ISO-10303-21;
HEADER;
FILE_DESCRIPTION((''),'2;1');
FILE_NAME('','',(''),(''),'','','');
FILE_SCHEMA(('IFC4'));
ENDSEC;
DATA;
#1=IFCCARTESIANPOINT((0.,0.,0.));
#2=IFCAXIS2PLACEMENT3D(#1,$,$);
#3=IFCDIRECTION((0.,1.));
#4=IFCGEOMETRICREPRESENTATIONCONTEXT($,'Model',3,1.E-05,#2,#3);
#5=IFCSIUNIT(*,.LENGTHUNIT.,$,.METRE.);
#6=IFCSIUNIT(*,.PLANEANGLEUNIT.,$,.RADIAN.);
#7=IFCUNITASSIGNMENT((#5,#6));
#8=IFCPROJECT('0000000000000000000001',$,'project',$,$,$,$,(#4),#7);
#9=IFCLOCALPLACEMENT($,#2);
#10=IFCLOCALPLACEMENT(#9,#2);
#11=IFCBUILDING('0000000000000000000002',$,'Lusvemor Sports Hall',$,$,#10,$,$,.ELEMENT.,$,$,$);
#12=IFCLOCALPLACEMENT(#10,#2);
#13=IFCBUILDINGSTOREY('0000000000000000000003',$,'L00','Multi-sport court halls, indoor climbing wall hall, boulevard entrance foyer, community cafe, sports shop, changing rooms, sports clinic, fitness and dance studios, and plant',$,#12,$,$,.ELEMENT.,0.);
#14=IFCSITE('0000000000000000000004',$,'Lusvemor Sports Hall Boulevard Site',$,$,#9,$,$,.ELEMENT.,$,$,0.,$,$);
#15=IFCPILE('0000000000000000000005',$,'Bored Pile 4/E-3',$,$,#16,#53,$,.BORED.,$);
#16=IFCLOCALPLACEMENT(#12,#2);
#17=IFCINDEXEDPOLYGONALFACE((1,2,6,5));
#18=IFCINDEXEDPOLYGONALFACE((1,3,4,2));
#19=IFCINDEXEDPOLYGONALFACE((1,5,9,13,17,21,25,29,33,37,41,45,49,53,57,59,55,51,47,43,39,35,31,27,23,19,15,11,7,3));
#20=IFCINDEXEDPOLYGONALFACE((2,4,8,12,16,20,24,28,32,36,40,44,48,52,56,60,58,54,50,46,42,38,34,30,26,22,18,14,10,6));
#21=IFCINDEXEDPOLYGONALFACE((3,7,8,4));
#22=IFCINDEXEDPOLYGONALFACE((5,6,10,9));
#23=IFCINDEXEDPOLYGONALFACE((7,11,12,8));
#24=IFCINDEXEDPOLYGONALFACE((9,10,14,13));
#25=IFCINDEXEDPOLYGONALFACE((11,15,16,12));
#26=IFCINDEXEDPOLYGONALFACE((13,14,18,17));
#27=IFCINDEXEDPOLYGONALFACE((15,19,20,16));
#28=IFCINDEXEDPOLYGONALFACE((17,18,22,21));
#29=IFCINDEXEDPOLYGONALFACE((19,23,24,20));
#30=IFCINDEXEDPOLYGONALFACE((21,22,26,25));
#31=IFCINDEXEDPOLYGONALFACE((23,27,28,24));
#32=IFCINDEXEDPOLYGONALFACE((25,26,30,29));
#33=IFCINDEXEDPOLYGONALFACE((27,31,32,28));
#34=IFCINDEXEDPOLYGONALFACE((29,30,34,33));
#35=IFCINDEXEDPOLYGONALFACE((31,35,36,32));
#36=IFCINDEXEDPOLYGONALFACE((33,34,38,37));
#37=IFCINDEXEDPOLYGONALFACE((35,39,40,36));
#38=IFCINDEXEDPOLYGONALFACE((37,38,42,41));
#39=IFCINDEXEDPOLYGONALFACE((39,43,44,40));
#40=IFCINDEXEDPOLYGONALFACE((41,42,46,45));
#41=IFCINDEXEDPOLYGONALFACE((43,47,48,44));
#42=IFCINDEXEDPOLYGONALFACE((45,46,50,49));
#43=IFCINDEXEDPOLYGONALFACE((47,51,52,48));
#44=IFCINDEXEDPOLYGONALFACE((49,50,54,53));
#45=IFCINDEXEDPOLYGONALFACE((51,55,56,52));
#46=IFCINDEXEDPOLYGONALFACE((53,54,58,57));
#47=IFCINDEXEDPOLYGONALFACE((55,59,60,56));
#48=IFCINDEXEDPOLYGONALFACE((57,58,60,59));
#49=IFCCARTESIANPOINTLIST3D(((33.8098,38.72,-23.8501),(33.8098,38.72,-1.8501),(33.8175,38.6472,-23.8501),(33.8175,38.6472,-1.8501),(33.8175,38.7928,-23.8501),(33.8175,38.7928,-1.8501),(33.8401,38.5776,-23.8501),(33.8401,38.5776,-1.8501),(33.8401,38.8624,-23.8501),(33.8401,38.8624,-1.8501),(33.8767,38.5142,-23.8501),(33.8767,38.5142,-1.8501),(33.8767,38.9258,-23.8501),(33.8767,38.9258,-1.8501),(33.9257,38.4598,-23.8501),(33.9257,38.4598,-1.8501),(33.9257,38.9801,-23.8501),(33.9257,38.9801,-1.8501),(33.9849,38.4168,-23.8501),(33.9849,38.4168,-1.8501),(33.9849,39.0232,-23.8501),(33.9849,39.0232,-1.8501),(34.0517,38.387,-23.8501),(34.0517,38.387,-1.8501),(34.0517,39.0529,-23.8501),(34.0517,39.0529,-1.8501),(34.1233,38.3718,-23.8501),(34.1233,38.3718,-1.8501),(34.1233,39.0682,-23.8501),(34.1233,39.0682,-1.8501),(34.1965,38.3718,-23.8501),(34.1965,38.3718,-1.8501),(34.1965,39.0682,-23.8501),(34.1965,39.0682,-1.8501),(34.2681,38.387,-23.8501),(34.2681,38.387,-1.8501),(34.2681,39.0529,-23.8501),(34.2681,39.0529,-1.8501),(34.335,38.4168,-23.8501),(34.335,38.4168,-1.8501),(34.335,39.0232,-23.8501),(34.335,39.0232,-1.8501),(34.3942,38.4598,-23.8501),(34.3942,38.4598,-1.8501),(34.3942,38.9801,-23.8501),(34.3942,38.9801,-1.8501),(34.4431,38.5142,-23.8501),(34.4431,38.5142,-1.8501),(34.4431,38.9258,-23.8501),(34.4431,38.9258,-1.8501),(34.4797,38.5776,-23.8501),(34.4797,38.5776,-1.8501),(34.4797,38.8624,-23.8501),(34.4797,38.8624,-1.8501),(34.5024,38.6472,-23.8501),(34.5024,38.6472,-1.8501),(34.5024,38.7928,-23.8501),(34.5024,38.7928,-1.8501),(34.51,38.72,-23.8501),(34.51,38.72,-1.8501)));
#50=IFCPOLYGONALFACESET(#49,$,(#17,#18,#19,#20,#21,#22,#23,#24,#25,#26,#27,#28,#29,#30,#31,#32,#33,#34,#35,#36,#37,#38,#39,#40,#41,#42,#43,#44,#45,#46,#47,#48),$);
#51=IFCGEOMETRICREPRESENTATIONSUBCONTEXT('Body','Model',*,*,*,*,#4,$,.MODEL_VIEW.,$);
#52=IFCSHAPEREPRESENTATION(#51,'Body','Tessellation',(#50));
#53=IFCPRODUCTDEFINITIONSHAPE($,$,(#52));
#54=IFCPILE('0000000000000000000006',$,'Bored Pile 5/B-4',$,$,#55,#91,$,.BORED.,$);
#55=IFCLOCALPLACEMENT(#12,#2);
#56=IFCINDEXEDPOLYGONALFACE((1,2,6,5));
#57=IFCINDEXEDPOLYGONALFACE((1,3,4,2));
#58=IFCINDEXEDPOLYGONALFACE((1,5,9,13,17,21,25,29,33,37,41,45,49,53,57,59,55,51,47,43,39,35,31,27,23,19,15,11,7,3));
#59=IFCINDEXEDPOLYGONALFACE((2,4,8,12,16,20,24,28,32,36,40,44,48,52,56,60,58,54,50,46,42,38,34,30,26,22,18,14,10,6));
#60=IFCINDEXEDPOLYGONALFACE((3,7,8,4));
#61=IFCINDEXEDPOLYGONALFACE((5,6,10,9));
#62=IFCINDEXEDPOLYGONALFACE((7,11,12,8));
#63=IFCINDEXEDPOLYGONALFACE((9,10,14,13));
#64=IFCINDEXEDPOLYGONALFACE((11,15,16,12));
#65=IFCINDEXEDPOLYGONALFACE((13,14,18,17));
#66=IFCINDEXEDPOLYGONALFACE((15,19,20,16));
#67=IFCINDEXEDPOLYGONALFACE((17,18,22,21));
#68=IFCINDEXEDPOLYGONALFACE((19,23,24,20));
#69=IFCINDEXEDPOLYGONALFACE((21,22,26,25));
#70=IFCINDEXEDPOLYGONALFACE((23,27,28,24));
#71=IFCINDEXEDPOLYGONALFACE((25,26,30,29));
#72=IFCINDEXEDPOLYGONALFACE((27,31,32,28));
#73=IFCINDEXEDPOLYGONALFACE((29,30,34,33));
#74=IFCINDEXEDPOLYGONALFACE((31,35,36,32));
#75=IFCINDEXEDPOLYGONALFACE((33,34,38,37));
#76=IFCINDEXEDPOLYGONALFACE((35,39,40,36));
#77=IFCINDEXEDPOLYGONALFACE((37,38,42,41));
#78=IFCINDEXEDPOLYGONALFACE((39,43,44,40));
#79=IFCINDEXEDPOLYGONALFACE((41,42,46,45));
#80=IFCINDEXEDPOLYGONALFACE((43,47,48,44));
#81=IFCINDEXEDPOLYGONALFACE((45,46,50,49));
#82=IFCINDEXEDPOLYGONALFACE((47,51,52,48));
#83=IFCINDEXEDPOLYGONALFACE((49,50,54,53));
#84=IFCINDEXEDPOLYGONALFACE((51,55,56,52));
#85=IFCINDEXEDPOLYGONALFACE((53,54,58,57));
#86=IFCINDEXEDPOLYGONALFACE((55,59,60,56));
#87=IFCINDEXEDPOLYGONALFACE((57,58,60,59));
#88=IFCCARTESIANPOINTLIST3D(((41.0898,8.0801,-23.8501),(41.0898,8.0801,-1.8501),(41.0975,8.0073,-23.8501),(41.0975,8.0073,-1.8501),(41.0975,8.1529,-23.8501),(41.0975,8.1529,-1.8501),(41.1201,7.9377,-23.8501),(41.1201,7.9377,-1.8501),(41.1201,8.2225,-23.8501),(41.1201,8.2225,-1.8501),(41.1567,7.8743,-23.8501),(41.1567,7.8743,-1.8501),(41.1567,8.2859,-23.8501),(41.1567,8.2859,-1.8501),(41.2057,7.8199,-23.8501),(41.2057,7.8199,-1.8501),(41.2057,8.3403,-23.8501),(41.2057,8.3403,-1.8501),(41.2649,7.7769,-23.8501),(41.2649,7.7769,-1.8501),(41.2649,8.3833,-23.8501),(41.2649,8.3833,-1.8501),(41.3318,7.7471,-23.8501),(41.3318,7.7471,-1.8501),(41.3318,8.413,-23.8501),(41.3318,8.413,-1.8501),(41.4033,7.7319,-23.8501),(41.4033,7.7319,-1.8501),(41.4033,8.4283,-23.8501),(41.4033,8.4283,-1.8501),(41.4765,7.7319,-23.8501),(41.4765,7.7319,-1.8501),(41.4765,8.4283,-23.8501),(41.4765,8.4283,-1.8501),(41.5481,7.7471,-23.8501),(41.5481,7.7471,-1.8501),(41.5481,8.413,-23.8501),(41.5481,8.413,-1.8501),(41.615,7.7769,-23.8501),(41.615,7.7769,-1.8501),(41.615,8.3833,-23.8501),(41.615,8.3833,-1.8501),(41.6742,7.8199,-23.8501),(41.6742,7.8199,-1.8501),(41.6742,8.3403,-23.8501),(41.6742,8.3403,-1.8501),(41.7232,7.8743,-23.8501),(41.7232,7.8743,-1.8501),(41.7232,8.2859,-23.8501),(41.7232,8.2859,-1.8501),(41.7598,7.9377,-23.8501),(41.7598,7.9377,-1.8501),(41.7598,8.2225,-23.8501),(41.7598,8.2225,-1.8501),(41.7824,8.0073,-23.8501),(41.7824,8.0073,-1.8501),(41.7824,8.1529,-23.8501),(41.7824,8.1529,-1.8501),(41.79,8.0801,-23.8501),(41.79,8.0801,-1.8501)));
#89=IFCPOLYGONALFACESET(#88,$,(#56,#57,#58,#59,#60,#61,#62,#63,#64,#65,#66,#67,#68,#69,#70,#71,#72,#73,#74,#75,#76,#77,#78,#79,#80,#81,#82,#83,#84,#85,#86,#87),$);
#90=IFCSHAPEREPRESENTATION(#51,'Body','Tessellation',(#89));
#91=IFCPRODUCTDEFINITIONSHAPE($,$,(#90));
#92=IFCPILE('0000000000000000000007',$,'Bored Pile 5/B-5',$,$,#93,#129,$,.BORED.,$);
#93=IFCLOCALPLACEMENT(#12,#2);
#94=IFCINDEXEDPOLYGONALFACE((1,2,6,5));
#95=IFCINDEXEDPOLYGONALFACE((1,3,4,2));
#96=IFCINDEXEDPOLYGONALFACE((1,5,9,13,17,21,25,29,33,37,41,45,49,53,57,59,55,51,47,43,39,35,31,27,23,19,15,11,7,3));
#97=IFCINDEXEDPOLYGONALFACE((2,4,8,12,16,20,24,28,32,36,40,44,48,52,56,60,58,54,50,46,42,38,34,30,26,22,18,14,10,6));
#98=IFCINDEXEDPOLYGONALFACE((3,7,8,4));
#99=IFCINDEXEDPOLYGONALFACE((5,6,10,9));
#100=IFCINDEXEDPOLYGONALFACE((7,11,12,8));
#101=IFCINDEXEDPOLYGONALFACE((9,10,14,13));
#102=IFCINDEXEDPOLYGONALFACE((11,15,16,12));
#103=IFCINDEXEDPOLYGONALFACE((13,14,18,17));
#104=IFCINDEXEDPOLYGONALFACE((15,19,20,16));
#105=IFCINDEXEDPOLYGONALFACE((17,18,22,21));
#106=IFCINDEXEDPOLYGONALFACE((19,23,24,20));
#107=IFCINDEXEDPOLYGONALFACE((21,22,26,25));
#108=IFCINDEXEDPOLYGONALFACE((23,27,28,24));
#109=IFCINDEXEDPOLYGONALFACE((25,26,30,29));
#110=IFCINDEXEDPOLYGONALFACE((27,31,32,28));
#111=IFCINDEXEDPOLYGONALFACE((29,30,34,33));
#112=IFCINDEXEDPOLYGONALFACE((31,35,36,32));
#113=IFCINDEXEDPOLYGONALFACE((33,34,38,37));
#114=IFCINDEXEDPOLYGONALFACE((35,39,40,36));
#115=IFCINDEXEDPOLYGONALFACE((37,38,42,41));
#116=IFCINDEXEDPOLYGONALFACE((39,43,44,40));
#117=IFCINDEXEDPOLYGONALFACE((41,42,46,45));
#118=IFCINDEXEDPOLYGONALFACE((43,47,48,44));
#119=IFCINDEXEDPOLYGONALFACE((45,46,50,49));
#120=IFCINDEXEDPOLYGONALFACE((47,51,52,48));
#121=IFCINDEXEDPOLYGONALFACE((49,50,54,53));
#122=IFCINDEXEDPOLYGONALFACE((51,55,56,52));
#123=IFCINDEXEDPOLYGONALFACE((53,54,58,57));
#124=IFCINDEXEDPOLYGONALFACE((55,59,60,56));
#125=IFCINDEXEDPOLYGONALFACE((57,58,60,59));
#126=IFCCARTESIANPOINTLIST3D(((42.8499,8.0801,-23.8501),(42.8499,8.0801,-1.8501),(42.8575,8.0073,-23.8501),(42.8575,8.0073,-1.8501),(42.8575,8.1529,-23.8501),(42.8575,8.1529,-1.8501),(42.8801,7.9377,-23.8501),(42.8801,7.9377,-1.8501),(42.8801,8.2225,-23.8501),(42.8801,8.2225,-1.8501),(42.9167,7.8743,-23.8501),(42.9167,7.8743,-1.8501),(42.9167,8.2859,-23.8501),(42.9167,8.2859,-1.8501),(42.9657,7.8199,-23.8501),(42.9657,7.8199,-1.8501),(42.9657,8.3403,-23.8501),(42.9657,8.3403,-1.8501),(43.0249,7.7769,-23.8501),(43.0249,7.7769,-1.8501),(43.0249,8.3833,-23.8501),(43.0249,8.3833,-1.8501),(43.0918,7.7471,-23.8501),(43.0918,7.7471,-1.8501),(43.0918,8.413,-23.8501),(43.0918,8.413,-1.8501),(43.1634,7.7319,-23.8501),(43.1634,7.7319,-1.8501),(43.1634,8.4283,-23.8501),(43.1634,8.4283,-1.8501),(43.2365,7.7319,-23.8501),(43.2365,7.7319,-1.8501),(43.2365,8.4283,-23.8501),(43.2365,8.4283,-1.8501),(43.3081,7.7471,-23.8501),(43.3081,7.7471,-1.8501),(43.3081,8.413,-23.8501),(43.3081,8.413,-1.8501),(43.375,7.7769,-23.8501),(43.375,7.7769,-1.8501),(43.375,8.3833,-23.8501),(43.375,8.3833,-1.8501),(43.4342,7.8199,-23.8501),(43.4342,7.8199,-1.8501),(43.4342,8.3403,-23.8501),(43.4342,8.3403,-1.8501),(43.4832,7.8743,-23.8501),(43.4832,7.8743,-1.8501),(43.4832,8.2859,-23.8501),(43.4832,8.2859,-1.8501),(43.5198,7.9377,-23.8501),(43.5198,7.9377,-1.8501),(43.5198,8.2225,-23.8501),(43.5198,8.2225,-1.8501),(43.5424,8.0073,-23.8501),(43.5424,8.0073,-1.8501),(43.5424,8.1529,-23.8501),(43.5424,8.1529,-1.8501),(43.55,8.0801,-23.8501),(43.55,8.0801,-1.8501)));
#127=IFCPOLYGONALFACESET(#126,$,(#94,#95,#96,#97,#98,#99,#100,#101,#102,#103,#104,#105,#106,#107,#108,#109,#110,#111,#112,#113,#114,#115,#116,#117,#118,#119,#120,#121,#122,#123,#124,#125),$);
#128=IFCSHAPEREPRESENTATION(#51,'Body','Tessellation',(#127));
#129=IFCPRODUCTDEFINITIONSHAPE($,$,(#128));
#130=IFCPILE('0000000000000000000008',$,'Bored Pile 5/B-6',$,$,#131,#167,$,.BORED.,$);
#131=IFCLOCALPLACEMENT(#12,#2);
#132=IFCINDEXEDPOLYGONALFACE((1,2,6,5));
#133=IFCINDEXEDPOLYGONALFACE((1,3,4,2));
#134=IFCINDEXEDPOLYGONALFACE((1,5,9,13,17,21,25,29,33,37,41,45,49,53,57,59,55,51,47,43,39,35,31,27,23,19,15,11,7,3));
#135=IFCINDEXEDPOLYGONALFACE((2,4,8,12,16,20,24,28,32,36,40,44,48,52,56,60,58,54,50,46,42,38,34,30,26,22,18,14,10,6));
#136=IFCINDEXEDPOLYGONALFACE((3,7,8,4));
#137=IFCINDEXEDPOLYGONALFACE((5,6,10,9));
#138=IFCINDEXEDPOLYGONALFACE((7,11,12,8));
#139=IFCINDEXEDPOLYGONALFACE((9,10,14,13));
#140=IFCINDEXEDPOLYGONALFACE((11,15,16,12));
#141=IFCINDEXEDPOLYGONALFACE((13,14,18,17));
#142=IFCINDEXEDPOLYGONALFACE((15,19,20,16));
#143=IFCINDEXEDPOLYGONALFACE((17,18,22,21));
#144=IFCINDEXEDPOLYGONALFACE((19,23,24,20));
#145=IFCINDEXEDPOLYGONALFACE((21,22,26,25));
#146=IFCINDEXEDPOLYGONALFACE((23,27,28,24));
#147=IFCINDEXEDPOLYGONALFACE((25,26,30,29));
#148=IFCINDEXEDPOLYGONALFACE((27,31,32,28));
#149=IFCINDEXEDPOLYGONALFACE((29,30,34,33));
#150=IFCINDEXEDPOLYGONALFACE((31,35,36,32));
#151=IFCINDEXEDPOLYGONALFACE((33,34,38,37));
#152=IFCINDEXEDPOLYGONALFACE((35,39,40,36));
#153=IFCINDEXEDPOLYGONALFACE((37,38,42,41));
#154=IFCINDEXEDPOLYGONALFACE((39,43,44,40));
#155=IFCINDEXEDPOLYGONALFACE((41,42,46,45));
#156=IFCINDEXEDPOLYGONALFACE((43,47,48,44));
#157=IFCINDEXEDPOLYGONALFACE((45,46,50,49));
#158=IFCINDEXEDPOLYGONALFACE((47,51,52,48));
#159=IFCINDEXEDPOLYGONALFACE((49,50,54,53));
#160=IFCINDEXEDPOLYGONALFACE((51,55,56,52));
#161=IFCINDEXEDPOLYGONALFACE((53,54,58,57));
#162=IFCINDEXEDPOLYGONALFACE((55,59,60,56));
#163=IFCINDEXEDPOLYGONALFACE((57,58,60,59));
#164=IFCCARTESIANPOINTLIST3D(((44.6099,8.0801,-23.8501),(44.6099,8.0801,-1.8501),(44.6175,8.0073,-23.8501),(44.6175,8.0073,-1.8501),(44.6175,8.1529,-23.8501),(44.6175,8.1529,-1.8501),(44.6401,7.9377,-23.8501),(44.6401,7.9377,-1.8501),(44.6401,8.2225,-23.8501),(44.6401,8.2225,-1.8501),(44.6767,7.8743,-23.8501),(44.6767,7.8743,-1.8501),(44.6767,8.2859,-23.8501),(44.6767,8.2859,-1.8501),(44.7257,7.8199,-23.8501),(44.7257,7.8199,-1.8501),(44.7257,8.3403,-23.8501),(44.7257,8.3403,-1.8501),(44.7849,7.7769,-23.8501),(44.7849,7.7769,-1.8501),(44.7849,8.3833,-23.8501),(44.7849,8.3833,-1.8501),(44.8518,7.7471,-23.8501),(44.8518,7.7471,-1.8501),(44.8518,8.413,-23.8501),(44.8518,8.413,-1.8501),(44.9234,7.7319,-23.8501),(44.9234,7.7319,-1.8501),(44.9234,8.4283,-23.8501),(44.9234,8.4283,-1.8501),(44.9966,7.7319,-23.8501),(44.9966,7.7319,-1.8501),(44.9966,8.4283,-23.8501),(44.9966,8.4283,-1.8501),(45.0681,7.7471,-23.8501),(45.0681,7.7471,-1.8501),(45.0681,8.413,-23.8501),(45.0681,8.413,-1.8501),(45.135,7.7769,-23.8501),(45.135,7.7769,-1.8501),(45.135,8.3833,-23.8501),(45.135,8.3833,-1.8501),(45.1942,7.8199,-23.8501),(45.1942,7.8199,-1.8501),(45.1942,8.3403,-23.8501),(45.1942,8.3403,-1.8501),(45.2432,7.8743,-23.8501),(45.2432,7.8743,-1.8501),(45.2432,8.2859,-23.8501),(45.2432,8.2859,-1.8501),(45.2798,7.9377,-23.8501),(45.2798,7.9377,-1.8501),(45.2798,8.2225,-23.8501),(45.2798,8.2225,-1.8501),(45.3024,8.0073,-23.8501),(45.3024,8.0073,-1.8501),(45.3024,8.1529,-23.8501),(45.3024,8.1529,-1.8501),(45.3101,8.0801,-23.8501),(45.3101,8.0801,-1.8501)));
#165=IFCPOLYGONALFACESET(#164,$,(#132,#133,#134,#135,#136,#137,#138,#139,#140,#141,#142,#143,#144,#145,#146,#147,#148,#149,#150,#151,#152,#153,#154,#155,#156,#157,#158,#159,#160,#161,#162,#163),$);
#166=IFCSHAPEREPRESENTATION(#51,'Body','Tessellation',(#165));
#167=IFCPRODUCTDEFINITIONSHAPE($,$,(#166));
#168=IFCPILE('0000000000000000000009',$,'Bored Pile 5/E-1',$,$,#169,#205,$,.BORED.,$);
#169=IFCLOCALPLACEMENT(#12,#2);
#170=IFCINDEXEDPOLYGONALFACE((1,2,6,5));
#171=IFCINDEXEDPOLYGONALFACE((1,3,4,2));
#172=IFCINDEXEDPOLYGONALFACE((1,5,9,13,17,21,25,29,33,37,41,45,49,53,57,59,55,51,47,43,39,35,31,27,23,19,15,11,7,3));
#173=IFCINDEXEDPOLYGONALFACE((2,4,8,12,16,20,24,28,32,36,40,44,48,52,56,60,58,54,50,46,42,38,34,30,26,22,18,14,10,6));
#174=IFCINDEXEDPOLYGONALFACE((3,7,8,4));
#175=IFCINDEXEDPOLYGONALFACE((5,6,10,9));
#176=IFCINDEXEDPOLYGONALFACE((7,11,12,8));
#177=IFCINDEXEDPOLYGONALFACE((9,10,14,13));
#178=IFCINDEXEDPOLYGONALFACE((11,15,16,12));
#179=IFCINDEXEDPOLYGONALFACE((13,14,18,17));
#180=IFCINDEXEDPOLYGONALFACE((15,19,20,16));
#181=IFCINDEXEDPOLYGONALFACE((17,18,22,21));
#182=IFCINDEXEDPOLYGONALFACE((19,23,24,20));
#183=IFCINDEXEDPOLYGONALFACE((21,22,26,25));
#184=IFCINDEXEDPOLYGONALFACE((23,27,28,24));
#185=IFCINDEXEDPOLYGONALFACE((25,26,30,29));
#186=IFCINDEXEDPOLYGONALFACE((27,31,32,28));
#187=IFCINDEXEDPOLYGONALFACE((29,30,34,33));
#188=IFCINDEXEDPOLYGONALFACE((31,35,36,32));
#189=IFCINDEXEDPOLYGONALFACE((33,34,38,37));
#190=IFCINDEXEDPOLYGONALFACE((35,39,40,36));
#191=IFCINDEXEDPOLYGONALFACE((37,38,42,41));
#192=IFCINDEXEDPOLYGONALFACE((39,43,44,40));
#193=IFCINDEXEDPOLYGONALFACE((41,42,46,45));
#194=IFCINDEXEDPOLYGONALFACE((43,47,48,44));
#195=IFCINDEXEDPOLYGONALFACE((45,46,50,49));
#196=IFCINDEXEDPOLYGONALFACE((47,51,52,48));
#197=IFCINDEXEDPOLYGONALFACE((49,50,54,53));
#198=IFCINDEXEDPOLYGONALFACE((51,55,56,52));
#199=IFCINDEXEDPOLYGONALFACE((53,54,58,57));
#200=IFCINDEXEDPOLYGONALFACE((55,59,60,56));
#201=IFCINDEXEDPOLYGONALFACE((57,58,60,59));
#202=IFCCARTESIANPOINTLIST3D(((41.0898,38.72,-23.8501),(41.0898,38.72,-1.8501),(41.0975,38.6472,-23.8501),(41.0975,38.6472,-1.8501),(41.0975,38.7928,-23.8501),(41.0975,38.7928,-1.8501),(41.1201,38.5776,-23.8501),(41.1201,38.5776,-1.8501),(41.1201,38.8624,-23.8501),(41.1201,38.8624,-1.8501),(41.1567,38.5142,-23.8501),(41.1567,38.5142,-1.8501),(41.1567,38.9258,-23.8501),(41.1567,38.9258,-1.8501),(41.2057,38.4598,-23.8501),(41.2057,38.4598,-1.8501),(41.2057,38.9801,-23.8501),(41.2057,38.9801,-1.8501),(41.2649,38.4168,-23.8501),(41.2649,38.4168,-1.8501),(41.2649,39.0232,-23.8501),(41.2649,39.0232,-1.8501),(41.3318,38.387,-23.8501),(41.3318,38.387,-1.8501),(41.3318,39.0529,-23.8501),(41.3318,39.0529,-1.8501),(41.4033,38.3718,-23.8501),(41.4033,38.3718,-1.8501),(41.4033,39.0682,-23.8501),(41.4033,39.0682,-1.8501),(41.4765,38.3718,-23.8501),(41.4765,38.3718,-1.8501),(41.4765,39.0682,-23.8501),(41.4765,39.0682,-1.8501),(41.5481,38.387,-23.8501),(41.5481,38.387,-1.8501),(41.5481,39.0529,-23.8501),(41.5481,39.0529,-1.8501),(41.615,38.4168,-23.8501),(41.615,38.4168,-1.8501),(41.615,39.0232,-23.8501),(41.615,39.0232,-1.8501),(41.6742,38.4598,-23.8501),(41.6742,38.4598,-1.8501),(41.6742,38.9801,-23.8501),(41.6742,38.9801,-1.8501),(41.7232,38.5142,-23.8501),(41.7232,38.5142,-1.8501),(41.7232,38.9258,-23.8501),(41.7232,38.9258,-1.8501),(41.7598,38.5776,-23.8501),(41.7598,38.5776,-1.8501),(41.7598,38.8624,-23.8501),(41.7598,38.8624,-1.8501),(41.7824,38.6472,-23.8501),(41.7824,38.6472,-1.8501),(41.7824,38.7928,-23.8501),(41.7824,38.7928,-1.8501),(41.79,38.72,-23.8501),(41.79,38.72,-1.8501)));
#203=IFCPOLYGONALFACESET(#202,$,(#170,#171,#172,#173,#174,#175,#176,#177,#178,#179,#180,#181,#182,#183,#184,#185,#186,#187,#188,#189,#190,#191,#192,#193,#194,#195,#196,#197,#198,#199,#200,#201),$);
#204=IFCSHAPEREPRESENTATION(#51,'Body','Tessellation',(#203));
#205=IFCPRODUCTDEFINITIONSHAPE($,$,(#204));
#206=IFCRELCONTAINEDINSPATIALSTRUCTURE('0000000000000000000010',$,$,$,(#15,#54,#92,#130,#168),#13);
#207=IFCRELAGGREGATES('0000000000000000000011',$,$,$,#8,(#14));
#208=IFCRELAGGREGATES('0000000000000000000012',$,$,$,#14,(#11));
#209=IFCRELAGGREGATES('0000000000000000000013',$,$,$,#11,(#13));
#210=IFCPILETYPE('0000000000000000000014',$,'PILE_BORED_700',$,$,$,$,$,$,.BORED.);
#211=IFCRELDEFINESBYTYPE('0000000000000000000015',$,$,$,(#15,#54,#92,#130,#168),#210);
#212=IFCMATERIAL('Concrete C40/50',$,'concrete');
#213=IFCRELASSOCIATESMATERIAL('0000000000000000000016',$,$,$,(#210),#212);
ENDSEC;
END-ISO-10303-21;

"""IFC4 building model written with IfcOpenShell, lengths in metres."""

from ifc_helpers import new_model, si_unit, direction, frame, origin, origin_2d, place, context, subcontext, project, spatial, circle, extrude, material, material_profile, profile_set, type_object, element, save


model = new_model("IFC4")

# Units and contexts
model_context = context("Model", 3, precision=1e-05, world=origin(), true_north=direction((0.0, 1.0)))
body_context = subcontext(model_context, "Body", "Model", "MODEL_VIEW")
ifc_project = project(units=[si_unit("LENGTHUNIT", "METRE"), si_unit("PLANEANGLEUNIT", "RADIAN")], contexts=[model_context])

# Site, building, storey
site_placement = place(None, origin())
site = spatial("IfcSite", under=ifc_project, at=site_placement, Name="Lusvemor Sports Hall Boulevard Site", CompositionType="ELEMENT", RefElevation=0.0)
building_placement = place(site_placement, origin())
building = spatial("IfcBuilding", under=site, at=building_placement, Name="Lusvemor Sports Hall", CompositionType="ELEMENT")
storey_placement = place(building_placement, origin())
storey = spatial("IfcBuildingStorey", under=building, at=storey_placement, Name="L00", Description="Multi-sport court halls, indoor climbing wall hall, boulevard entrance foyer, community cafe, sports shop, changing rooms, sports clinic, fitness and dance studios, and plant", CompositionType="ELEMENT", Elevation=0.0)

# Piles
ifc_material_1 = material(Name="Concrete C40/50", Category="concrete")
ifc_material_profile_1 = material_profile(ifc_material_1, circle(Radius=0.3501, at=origin_2d()), Name="PILE700")
ifc_profile_set_1 = profile_set([ifc_material_profile_1], Name="Concrete C40/50")
pile_type = type_object("IfcPileType", Name="PILE_BORED_700", PredefinedType="BORED", material=ifc_profile_set_1)
for number, where, z_axis, x_axis, name in (
    (1, (34.1599, 38.72, -1.8501), (0.0, 0.0, -1.0), (1.0, 0.0, 0.0), "Bored Pile 4/E-3"),
    (2, (41.4399, 8.0801, -1.8501), (0.0, 0.0, -1.0), (1.0, 0.0, 0.0), "Bored Pile 5/B-4"),
    (3, (43.2, 8.0801, -1.8501), (0.0, 0.0, -1.0), (1.0, 0.0, 0.0), "Bored Pile 5/B-5"),
    (4, (44.96, 8.0801, -1.8501), (0.0, 0.0, -1.0), (1.0, 0.0, 0.0), "Bored Pile 5/B-6"),
    (5, (41.4399, 38.72, -1.8501), (0.0, 0.0, -1.0), (1.0, 0.0, 0.0), "Bored Pile 5/E-1"),
):
    element("IfcPile", number, at=place(storey_placement, frame(where, z_axis=z_axis, x_axis=x_axis)), inside=storey, type_object=pile_type, Name=name, PredefinedType="BORED", context=body_context, shape_type="SweptSolid", body=[
        extrude(circle(Radius=0.3501, at=origin_2d()), origin(), (0.0, 0.0, 1.0), 22.0),
    ])

save(model, "model.ifc")
